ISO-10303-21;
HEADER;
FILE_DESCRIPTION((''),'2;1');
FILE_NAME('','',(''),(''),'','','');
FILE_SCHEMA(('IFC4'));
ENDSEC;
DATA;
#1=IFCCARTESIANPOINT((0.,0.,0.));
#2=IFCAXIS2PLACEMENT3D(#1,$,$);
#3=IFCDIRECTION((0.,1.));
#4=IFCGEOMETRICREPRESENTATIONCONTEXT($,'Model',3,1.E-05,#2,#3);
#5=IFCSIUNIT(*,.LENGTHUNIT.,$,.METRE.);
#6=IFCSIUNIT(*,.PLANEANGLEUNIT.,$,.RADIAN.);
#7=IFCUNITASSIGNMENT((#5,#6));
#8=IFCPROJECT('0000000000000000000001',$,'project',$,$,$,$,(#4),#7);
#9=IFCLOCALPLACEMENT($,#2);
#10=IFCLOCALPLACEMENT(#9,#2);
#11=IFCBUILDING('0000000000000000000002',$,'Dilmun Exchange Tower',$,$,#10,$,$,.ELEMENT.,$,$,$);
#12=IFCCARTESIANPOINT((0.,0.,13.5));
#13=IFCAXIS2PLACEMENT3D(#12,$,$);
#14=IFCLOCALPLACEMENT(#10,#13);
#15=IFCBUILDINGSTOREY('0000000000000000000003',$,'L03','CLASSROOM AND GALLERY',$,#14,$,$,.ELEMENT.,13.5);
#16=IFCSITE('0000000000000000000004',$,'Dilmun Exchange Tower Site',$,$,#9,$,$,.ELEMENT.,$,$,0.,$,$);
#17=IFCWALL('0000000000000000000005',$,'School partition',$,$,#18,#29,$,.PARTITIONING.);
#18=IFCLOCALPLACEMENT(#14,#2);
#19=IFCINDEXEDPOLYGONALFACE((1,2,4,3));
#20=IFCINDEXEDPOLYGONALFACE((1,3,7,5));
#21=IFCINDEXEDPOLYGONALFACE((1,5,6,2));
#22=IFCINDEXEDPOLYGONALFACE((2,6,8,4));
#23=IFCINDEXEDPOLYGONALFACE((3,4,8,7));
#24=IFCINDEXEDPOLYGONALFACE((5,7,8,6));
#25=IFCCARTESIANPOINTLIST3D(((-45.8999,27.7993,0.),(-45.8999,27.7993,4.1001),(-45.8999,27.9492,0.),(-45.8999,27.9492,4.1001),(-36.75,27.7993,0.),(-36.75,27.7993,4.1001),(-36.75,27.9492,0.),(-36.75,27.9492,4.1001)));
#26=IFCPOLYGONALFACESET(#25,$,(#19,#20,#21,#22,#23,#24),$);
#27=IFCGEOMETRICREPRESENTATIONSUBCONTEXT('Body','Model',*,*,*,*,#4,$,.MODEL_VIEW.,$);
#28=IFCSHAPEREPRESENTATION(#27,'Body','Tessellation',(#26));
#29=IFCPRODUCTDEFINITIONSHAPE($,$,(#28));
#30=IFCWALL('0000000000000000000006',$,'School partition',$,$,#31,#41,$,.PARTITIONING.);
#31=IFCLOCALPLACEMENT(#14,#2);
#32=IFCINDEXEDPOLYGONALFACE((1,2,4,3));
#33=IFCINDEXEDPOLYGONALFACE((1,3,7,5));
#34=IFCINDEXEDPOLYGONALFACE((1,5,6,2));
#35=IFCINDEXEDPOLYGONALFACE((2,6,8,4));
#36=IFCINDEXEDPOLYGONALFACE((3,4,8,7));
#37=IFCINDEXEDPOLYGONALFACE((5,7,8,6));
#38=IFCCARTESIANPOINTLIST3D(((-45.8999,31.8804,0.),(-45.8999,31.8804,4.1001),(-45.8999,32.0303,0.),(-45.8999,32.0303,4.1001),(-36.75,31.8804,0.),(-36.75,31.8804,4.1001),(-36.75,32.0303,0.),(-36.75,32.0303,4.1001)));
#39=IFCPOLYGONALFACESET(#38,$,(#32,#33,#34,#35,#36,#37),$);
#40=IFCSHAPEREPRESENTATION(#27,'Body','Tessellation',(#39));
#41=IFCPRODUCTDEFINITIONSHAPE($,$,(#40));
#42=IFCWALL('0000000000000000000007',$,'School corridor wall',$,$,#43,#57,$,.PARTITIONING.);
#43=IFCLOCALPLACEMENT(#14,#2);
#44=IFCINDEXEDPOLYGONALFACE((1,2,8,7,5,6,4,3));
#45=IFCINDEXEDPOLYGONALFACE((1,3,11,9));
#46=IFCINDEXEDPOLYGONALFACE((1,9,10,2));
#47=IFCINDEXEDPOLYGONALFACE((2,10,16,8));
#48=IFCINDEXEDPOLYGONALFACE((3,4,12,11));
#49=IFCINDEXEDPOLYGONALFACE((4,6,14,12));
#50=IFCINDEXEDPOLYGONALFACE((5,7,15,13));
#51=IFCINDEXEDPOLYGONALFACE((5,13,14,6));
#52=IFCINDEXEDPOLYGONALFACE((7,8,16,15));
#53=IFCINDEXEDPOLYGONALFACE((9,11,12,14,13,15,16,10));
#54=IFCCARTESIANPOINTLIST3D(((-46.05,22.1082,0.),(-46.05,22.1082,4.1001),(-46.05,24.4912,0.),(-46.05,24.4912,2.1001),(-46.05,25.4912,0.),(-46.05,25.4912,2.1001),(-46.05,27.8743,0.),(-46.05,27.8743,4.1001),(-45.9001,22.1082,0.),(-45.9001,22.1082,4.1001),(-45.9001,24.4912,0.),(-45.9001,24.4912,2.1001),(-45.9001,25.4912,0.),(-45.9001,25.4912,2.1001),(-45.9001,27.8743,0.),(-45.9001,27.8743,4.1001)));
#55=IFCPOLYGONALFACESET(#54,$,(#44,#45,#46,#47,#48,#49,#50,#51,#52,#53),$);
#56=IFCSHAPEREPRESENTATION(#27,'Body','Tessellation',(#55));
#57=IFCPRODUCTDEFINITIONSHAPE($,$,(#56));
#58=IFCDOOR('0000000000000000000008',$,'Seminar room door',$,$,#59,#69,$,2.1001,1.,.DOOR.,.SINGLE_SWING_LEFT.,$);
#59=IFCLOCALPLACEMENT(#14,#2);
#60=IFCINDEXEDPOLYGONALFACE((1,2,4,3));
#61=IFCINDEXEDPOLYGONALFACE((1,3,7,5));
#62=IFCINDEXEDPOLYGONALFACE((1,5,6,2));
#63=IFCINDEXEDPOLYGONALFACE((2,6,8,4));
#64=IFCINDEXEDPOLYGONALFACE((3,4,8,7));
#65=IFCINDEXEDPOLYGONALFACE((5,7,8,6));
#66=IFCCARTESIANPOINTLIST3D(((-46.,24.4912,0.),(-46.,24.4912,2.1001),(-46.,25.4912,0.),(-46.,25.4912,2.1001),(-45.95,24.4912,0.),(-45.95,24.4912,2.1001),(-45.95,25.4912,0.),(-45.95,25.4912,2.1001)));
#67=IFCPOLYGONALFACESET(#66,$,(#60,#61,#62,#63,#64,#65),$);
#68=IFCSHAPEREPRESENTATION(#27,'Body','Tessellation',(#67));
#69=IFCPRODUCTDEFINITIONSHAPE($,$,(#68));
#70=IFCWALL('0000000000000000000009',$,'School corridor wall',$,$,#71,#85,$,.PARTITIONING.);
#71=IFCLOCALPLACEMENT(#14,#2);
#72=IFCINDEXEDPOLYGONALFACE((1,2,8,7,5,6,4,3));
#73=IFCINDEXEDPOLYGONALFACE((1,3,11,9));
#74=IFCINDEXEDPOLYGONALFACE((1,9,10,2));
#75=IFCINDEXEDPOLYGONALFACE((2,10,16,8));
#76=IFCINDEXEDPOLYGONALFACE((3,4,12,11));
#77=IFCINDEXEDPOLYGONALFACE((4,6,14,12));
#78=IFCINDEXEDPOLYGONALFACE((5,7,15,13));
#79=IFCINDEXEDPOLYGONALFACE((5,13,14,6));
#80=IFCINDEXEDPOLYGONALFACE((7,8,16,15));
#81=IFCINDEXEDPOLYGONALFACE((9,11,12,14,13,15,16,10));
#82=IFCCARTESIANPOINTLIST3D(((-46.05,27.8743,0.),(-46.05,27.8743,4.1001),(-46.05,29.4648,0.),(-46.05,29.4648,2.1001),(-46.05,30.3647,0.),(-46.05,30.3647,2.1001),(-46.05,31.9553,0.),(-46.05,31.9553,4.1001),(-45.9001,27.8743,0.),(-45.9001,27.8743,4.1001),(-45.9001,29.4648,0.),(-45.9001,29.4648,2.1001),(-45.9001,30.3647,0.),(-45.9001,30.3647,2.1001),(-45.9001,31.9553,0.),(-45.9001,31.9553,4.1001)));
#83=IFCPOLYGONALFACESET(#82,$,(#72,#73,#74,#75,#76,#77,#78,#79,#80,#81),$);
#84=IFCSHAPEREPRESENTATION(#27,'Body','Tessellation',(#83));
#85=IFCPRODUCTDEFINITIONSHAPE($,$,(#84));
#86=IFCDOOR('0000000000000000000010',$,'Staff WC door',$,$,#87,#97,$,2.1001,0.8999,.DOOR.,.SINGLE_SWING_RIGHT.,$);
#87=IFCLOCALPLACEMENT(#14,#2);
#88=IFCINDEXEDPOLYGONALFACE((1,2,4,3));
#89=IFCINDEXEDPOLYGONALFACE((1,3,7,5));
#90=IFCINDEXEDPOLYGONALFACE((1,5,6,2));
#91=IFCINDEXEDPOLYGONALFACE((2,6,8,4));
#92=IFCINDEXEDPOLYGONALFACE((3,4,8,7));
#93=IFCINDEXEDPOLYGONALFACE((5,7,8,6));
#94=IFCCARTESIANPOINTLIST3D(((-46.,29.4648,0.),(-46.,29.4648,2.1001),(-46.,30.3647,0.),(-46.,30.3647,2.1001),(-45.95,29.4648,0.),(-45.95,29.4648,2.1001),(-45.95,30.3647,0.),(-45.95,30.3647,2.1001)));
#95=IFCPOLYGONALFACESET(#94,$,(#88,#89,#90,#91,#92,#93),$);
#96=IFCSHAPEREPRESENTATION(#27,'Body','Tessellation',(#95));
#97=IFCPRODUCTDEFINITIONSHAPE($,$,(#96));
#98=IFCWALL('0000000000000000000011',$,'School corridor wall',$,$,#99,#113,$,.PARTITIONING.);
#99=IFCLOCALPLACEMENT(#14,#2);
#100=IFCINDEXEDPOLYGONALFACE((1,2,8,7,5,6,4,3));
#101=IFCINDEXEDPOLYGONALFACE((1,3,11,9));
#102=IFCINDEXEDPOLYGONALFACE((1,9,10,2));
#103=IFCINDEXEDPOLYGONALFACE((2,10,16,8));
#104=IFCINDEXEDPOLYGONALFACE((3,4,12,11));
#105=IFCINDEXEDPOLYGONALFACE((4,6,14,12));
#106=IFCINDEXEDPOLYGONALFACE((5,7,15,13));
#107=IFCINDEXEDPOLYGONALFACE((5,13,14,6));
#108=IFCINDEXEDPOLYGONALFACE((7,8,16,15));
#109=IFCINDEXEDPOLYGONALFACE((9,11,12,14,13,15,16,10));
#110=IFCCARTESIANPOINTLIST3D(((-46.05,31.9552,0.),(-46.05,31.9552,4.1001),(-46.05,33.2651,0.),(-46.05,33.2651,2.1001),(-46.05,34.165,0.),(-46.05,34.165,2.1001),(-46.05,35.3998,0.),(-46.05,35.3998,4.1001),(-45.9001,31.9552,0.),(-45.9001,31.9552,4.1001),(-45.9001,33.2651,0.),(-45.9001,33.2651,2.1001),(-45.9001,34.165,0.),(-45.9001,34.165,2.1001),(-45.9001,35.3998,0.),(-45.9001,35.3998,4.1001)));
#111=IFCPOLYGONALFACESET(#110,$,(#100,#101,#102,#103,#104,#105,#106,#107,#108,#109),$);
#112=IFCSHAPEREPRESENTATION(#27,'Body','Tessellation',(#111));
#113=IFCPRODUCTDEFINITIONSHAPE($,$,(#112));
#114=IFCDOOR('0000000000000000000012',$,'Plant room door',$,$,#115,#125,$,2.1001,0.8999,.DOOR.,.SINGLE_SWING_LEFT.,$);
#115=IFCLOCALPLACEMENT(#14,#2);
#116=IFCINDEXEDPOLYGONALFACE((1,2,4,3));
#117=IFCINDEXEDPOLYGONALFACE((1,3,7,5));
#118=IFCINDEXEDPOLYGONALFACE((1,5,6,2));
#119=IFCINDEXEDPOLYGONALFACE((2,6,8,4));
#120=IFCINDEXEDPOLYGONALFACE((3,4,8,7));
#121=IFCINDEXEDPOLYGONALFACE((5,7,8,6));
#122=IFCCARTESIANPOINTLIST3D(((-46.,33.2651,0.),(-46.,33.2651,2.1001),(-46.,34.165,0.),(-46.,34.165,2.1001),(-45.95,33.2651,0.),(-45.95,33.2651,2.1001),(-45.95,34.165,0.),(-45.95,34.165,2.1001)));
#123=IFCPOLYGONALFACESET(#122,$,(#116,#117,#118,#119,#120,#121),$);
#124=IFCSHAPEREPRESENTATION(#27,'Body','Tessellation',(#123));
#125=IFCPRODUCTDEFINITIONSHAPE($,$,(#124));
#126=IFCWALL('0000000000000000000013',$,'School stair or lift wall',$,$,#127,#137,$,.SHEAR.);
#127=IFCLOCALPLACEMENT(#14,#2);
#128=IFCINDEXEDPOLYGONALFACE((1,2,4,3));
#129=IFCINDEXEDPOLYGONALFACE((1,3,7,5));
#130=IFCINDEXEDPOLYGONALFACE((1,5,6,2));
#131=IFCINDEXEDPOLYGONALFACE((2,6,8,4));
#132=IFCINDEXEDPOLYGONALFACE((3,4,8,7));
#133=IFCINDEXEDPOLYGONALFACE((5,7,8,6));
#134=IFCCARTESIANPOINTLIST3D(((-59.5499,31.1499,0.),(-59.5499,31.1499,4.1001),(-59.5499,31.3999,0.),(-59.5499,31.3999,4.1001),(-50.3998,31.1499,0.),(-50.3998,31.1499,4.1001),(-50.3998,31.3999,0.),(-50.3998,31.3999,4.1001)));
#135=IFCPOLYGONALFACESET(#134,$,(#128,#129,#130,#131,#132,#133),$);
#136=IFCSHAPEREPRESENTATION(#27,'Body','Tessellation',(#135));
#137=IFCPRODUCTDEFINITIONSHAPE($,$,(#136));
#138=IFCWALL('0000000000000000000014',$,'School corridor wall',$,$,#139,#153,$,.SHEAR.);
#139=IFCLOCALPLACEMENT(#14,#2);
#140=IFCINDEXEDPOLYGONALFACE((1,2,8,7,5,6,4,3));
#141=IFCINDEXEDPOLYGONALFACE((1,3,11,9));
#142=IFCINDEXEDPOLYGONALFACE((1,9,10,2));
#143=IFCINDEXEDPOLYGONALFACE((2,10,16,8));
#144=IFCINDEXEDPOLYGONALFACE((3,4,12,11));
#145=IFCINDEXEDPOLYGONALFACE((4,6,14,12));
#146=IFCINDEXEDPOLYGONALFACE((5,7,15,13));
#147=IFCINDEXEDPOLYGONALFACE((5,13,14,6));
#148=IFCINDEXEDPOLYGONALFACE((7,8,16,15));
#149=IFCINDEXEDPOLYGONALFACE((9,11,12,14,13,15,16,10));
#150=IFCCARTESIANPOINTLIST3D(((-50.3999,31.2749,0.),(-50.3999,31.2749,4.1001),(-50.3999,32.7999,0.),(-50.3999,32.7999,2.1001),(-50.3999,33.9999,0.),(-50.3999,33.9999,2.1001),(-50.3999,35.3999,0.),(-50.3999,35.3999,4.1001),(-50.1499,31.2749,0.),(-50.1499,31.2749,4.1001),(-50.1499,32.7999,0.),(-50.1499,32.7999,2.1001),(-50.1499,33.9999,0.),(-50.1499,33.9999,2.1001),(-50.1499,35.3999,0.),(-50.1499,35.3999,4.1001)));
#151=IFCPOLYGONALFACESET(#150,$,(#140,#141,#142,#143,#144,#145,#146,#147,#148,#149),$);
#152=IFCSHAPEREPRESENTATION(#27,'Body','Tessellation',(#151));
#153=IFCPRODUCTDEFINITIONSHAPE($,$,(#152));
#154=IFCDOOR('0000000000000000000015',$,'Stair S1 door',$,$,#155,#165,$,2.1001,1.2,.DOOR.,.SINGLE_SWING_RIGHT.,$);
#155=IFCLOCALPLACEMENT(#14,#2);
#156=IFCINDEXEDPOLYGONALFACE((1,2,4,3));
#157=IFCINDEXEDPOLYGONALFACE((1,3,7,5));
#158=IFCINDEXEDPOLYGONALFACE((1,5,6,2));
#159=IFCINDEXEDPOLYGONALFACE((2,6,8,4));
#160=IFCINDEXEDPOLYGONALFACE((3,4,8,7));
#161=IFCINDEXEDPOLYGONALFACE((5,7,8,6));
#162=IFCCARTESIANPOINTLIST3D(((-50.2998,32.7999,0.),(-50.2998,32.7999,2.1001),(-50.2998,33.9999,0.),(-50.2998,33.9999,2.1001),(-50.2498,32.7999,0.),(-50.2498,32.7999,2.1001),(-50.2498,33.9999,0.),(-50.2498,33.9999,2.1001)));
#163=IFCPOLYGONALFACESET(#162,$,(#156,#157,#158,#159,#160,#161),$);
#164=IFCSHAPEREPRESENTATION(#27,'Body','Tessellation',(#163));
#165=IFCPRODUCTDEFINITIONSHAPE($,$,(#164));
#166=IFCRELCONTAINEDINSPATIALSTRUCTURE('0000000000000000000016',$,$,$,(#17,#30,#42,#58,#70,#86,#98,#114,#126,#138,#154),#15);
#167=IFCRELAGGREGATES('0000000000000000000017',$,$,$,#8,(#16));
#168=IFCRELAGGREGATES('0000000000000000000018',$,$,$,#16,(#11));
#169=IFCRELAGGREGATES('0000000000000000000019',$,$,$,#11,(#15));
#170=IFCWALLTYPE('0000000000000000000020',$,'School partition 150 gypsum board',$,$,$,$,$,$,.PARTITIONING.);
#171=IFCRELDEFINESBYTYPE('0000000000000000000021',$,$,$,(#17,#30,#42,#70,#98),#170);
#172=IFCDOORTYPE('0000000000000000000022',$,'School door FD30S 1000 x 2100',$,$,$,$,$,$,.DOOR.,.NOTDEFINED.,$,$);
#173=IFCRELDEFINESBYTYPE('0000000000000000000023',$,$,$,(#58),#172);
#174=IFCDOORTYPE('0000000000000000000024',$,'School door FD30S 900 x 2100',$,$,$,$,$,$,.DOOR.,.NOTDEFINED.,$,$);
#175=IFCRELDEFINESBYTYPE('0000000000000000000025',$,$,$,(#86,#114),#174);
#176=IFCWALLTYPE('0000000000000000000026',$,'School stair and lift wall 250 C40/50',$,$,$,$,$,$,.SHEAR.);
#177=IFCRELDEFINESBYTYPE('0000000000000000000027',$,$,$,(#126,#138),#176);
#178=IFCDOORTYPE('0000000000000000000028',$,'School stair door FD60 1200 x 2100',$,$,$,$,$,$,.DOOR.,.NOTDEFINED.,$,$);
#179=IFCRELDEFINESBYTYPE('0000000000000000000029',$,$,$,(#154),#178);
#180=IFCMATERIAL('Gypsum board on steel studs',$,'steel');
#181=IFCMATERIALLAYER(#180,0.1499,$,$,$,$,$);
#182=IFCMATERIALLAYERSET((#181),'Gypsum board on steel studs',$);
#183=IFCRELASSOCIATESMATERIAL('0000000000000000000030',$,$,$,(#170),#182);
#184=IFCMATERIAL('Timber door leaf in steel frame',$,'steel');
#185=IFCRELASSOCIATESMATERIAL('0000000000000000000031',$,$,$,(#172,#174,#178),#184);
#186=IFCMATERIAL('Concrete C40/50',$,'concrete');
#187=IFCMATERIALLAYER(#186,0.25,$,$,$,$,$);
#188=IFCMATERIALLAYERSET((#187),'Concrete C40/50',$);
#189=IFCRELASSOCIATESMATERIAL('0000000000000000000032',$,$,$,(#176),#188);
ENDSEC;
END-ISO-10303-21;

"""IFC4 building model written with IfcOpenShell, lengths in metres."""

from ifc_helpers import new_model, si_unit, direction, frame, frame_2d, origin, place, context, subcontext, project, spatial, rectangle, extrude, material, layer, layer_set, type_object, element, fill, save


model = new_model("IFC4")

# Units and contexts
model_context = context("Model", 3, precision=1e-05, world=origin(), true_north=direction((0.0, 1.0)))
body_context = subcontext(model_context, "Body", "Model", "MODEL_VIEW")
ifc_project = project(units=[si_unit("LENGTHUNIT", "METRE"), si_unit("PLANEANGLEUNIT", "RADIAN")], contexts=[model_context])

# Site, building, storey
site_placement = place(None, origin())
site = spatial("IfcSite", under=ifc_project, at=site_placement, Name="Dilmun Exchange Tower Site", CompositionType="ELEMENT", RefElevation=0.0)
building_placement = place(site_placement, origin())
building = spatial("IfcBuilding", under=site, at=building_placement, Name="Dilmun Exchange Tower", CompositionType="ELEMENT")
storey_placement = place(building_placement, frame((0.0, 0.0, 13.5)))
storey = spatial("IfcBuildingStorey", under=building, at=storey_placement, Name="L03", Description="CLASSROOM AND GALLERY", CompositionType="ELEMENT", Elevation=13.5)

# Shared definitions
ifc_material_1 = material(Name="Concrete C40/50", Category="concrete")

# Shared definitions
ifc_material_2 = material(Name="Gypsum board on steel studs", Category="steel")
ifc_layer_1 = layer(ifc_material_2, 0.1499)
ifc_layer_set_1 = layer_set([ifc_layer_1], Name="Gypsum board on steel studs")
wall_type_1 = type_object("IfcWallType", Name="School partition 150 gypsum board", PredefinedType="PARTITIONING", material=ifc_layer_set_1)

# Shared definitions
ifc_material_3 = material(Name="Timber door leaf in steel frame", Category="steel")
door_type_1 = type_object("IfcDoorType", Name="School door FD30S 1000 x 2100", OperationType="NOTDEFINED", PredefinedType="DOOR", material=ifc_material_3)

# Walls
for number, where, z_axis, x_axis, name in (
    (1, (-45.8999, 27.8743, 0.0), (0.0, 0.0, 1.0), (1.0, 0.0, 0.0), "School partition"),
    (2, (-45.8999, 31.9553, 0.0), (0.0, 0.0, 1.0), (1.0, 0.0, 0.0), "School partition"),
):
    element("IfcWall", number, at=place(storey_placement, frame(where, z_axis=z_axis, x_axis=x_axis)), inside=storey, type_object=wall_type_1, Name=name, PredefinedType="PARTITIONING", context=body_context, shape_type="SweptSolid", body=[
        extrude(rectangle(XDim=9.1499, YDim=0.1499, at=frame_2d((4.575, 0.0))), origin(), (0.0, 0.0, 1.0), 4.1001),
    ])

# Walls, openings, doors
wall_1_placement = place(storey_placement, frame((-45.9751, 22.1082, 0.0), z_axis=(0.0, 0.0, 1.0), x_axis=(0.0, 1.0, 0.0)))
wall_1 = element("IfcWall", 3, at=wall_1_placement, inside=storey, type_object=wall_type_1, Name="School corridor wall", PredefinedType="PARTITIONING", context=body_context, shape_type="SweptSolid", body=[
    extrude(rectangle(XDim=5.7661, YDim=0.1499, at=frame_2d((2.8831, 0.0))), origin(), (0.0, 0.0, 1.0), 4.1001),
])
opening_1_placement = place(wall_1_placement, frame((2.3831, 0.0, 0.0)))
opening_1 = element("IfcOpeningElement", 4, at=opening_1_placement, cuts=wall_1, PredefinedType="OPENING", context=body_context, shape_type="SweptSolid", body=[
    extrude(rectangle(XDim=1.0, YDim=2.1001, at=frame_2d((0.5, 1.05))), frame((0.0, 0.085, 0.0), z_axis=(0.0, -1.0, 0.0), x_axis=(1.0, 0.0, 0.0)), (0.0, 0.0, 1.0), 0.1699),
])
door_1_placement = place(opening_1_placement, origin())
door_1 = element("IfcDoor", 5, at=door_1_placement, inside=storey, type_object=door_type_1, Name="Seminar room door", OperationType="SINGLE_SWING_LEFT", OverallHeight=2.1001, OverallWidth=1.0, PredefinedType="DOOR", context=body_context, shape_type="SweptSolid", body=[
    extrude(rectangle(XDim=1.0, YDim=2.1001, at=frame_2d((0.5, 1.05))), frame((0.0, 0.0249, 0.0), z_axis=(0.0, -1.0, 0.0), x_axis=(1.0, 0.0, 0.0)), (0.0, 0.0, 1.0), 0.05),
])
fill(opening_1, door_1)
wall_2_placement = place(storey_placement, frame((-45.9751, 27.8743, 0.0), z_axis=(0.0, 0.0, 1.0), x_axis=(0.0, 1.0, 0.0)))
wall_2 = element("IfcWall", 6, at=wall_2_placement, inside=storey, type_object=wall_type_1, Name="School corridor wall", PredefinedType="PARTITIONING", context=body_context, shape_type="SweptSolid", body=[
    extrude(rectangle(XDim=4.0811, YDim=0.1499, at=frame_2d((2.0405, 0.0))), origin(), (0.0, 0.0, 1.0), 4.1001),
])
opening_2_placement = place(wall_2_placement, frame((1.5906, 0.0, 0.0)))
opening_2 = element("IfcOpeningElement", 7, at=opening_2_placement, cuts=wall_2, PredefinedType="OPENING", context=body_context, shape_type="SweptSolid", body=[
    extrude(rectangle(XDim=0.8999, YDim=2.1001, at=frame_2d((0.45, 1.05))), frame((0.0, 0.085, 0.0), z_axis=(0.0, -1.0, 0.0), x_axis=(1.0, 0.0, 0.0)), (0.0, 0.0, 1.0), 0.1699),
])
door_type_2 = type_object("IfcDoorType", Name="School door FD30S 900 x 2100", OperationType="NOTDEFINED", PredefinedType="DOOR", material=ifc_material_3)
door_2_placement = place(opening_2_placement, origin())
door_2 = element("IfcDoor", 8, at=door_2_placement, inside=storey, type_object=door_type_2, Name="Staff WC door", OperationType="SINGLE_SWING_RIGHT", OverallHeight=2.1001, OverallWidth=0.8999, PredefinedType="DOOR", context=body_context, shape_type="SweptSolid", body=[
    extrude(rectangle(XDim=0.8999, YDim=2.1001, at=frame_2d((0.45, 1.05))), frame((0.0, 0.0249, 0.0), z_axis=(0.0, -1.0, 0.0), x_axis=(1.0, 0.0, 0.0)), (0.0, 0.0, 1.0), 0.05),
])
fill(opening_2, door_2)
wall_3_placement = place(storey_placement, frame((-45.9751, 31.9553, 0.0), z_axis=(0.0, 0.0, 1.0), x_axis=(0.0, 1.0, 0.0)))
wall_3 = element("IfcWall", 9, at=wall_3_placement, inside=storey, type_object=wall_type_1, Name="School corridor wall", PredefinedType="PARTITIONING", context=body_context, shape_type="SweptSolid", body=[
    extrude(rectangle(XDim=3.4446, YDim=0.1499, at=frame_2d((1.7222, 0.0))), origin(), (0.0, 0.0, 1.0), 4.1001),
])
opening_3_placement = place(wall_3_placement, frame((1.3098, 0.0, 0.0)))
opening_3 = element("IfcOpeningElement", 10, at=opening_3_placement, cuts=wall_3, PredefinedType="OPENING", context=body_context, shape_type="SweptSolid", body=[
    extrude(rectangle(XDim=0.8999, YDim=2.1001, at=frame_2d((0.45, 1.05))), frame((0.0, 0.085, 0.0), z_axis=(0.0, -1.0, 0.0), x_axis=(1.0, 0.0, 0.0)), (0.0, 0.0, 1.0), 0.1699),
])
door_3_placement = place(opening_3_placement, origin())
door_3 = element("IfcDoor", 11, at=door_3_placement, inside=storey, type_object=door_type_2, Name="Plant room door", OperationType="SINGLE_SWING_LEFT", OverallHeight=2.1001, OverallWidth=0.8999, PredefinedType="DOOR", context=body_context, shape_type="SweptSolid", body=[
    extrude(rectangle(XDim=0.8999, YDim=2.1001, at=frame_2d((0.45, 1.05))), frame((0.0, 0.0249, 0.0), z_axis=(0.0, -1.0, 0.0), x_axis=(1.0, 0.0, 0.0)), (0.0, 0.0, 1.0), 0.05),
])
fill(opening_3, door_3)

# Wall
ifc_layer_2 = layer(ifc_material_1, 0.25)
ifc_layer_set_2 = layer_set([ifc_layer_2], Name="Concrete C40/50")
wall_type_2 = type_object("IfcWallType", Name="School stair and lift wall 250 C40/50", PredefinedType="SHEAR", material=ifc_layer_set_2)
wall_4_placement = place(storey_placement, frame((-59.55, 31.2749, 0.0), z_axis=(0.0, 0.0, 1.0), x_axis=(1.0, 0.0, 0.0)))
element("IfcWall", 12, at=wall_4_placement, inside=storey, type_object=wall_type_2, Name="School stair or lift wall", PredefinedType="SHEAR", context=body_context, shape_type="SweptSolid", body=[
    extrude(rectangle(XDim=9.1501, YDim=0.25, at=frame_2d((4.5752, 0.0))), origin(), (0.0, 0.0, 1.0), 4.1001),
])

# Wall, opening, door
wall_5_placement = place(storey_placement, frame((-50.2749, 31.2749, 0.0), z_axis=(0.0, 0.0, 1.0), x_axis=(0.0, 1.0, 0.0)))
wall_5 = element("IfcWall", 13, at=wall_5_placement, inside=storey, type_object=wall_type_2, Name="School corridor wall", PredefinedType="SHEAR", context=body_context, shape_type="SweptSolid", body=[
    extrude(rectangle(XDim=4.125, YDim=0.25, at=frame_2d((2.0625, 0.0))), origin(), (0.0, 0.0, 1.0), 4.1001),
])
opening_4_placement = place(wall_5_placement, frame((1.5249, 0.0, 0.0)))
opening_4 = element("IfcOpeningElement", 14, at=opening_4_placement, cuts=wall_5, PredefinedType="OPENING", context=body_context, shape_type="SweptSolid", body=[
    extrude(rectangle(XDim=1.2, YDim=2.1001, at=frame_2d((0.6001, 1.05))), frame((0.0, 0.135, 0.0), z_axis=(0.0, -1.0, 0.0), x_axis=(1.0, 0.0, 0.0)), (0.0, 0.0, 1.0), 0.27),
])
door_type_3 = type_object("IfcDoorType", Name="School stair door FD60 1200 x 2100", OperationType="NOTDEFINED", PredefinedType="DOOR", material=ifc_material_3)
door_4_placement = place(opening_4_placement, origin())
door_4 = element("IfcDoor", 15, at=door_4_placement, inside=storey, type_object=door_type_3, Name="Stair S1 door", OperationType="SINGLE_SWING_RIGHT", OverallHeight=2.1001, OverallWidth=1.2, PredefinedType="DOOR", context=body_context, shape_type="SweptSolid", body=[
    extrude(rectangle(XDim=1.2, YDim=2.1001, at=frame_2d((0.6001, 1.05))), frame((0.0, 0.0249, 0.0), z_axis=(0.0, -1.0, 0.0), x_axis=(1.0, 0.0, 0.0)), (0.0, 0.0, 1.0), 0.05),
])
fill(opening_4, door_4)

save(model, "model.ifc")
